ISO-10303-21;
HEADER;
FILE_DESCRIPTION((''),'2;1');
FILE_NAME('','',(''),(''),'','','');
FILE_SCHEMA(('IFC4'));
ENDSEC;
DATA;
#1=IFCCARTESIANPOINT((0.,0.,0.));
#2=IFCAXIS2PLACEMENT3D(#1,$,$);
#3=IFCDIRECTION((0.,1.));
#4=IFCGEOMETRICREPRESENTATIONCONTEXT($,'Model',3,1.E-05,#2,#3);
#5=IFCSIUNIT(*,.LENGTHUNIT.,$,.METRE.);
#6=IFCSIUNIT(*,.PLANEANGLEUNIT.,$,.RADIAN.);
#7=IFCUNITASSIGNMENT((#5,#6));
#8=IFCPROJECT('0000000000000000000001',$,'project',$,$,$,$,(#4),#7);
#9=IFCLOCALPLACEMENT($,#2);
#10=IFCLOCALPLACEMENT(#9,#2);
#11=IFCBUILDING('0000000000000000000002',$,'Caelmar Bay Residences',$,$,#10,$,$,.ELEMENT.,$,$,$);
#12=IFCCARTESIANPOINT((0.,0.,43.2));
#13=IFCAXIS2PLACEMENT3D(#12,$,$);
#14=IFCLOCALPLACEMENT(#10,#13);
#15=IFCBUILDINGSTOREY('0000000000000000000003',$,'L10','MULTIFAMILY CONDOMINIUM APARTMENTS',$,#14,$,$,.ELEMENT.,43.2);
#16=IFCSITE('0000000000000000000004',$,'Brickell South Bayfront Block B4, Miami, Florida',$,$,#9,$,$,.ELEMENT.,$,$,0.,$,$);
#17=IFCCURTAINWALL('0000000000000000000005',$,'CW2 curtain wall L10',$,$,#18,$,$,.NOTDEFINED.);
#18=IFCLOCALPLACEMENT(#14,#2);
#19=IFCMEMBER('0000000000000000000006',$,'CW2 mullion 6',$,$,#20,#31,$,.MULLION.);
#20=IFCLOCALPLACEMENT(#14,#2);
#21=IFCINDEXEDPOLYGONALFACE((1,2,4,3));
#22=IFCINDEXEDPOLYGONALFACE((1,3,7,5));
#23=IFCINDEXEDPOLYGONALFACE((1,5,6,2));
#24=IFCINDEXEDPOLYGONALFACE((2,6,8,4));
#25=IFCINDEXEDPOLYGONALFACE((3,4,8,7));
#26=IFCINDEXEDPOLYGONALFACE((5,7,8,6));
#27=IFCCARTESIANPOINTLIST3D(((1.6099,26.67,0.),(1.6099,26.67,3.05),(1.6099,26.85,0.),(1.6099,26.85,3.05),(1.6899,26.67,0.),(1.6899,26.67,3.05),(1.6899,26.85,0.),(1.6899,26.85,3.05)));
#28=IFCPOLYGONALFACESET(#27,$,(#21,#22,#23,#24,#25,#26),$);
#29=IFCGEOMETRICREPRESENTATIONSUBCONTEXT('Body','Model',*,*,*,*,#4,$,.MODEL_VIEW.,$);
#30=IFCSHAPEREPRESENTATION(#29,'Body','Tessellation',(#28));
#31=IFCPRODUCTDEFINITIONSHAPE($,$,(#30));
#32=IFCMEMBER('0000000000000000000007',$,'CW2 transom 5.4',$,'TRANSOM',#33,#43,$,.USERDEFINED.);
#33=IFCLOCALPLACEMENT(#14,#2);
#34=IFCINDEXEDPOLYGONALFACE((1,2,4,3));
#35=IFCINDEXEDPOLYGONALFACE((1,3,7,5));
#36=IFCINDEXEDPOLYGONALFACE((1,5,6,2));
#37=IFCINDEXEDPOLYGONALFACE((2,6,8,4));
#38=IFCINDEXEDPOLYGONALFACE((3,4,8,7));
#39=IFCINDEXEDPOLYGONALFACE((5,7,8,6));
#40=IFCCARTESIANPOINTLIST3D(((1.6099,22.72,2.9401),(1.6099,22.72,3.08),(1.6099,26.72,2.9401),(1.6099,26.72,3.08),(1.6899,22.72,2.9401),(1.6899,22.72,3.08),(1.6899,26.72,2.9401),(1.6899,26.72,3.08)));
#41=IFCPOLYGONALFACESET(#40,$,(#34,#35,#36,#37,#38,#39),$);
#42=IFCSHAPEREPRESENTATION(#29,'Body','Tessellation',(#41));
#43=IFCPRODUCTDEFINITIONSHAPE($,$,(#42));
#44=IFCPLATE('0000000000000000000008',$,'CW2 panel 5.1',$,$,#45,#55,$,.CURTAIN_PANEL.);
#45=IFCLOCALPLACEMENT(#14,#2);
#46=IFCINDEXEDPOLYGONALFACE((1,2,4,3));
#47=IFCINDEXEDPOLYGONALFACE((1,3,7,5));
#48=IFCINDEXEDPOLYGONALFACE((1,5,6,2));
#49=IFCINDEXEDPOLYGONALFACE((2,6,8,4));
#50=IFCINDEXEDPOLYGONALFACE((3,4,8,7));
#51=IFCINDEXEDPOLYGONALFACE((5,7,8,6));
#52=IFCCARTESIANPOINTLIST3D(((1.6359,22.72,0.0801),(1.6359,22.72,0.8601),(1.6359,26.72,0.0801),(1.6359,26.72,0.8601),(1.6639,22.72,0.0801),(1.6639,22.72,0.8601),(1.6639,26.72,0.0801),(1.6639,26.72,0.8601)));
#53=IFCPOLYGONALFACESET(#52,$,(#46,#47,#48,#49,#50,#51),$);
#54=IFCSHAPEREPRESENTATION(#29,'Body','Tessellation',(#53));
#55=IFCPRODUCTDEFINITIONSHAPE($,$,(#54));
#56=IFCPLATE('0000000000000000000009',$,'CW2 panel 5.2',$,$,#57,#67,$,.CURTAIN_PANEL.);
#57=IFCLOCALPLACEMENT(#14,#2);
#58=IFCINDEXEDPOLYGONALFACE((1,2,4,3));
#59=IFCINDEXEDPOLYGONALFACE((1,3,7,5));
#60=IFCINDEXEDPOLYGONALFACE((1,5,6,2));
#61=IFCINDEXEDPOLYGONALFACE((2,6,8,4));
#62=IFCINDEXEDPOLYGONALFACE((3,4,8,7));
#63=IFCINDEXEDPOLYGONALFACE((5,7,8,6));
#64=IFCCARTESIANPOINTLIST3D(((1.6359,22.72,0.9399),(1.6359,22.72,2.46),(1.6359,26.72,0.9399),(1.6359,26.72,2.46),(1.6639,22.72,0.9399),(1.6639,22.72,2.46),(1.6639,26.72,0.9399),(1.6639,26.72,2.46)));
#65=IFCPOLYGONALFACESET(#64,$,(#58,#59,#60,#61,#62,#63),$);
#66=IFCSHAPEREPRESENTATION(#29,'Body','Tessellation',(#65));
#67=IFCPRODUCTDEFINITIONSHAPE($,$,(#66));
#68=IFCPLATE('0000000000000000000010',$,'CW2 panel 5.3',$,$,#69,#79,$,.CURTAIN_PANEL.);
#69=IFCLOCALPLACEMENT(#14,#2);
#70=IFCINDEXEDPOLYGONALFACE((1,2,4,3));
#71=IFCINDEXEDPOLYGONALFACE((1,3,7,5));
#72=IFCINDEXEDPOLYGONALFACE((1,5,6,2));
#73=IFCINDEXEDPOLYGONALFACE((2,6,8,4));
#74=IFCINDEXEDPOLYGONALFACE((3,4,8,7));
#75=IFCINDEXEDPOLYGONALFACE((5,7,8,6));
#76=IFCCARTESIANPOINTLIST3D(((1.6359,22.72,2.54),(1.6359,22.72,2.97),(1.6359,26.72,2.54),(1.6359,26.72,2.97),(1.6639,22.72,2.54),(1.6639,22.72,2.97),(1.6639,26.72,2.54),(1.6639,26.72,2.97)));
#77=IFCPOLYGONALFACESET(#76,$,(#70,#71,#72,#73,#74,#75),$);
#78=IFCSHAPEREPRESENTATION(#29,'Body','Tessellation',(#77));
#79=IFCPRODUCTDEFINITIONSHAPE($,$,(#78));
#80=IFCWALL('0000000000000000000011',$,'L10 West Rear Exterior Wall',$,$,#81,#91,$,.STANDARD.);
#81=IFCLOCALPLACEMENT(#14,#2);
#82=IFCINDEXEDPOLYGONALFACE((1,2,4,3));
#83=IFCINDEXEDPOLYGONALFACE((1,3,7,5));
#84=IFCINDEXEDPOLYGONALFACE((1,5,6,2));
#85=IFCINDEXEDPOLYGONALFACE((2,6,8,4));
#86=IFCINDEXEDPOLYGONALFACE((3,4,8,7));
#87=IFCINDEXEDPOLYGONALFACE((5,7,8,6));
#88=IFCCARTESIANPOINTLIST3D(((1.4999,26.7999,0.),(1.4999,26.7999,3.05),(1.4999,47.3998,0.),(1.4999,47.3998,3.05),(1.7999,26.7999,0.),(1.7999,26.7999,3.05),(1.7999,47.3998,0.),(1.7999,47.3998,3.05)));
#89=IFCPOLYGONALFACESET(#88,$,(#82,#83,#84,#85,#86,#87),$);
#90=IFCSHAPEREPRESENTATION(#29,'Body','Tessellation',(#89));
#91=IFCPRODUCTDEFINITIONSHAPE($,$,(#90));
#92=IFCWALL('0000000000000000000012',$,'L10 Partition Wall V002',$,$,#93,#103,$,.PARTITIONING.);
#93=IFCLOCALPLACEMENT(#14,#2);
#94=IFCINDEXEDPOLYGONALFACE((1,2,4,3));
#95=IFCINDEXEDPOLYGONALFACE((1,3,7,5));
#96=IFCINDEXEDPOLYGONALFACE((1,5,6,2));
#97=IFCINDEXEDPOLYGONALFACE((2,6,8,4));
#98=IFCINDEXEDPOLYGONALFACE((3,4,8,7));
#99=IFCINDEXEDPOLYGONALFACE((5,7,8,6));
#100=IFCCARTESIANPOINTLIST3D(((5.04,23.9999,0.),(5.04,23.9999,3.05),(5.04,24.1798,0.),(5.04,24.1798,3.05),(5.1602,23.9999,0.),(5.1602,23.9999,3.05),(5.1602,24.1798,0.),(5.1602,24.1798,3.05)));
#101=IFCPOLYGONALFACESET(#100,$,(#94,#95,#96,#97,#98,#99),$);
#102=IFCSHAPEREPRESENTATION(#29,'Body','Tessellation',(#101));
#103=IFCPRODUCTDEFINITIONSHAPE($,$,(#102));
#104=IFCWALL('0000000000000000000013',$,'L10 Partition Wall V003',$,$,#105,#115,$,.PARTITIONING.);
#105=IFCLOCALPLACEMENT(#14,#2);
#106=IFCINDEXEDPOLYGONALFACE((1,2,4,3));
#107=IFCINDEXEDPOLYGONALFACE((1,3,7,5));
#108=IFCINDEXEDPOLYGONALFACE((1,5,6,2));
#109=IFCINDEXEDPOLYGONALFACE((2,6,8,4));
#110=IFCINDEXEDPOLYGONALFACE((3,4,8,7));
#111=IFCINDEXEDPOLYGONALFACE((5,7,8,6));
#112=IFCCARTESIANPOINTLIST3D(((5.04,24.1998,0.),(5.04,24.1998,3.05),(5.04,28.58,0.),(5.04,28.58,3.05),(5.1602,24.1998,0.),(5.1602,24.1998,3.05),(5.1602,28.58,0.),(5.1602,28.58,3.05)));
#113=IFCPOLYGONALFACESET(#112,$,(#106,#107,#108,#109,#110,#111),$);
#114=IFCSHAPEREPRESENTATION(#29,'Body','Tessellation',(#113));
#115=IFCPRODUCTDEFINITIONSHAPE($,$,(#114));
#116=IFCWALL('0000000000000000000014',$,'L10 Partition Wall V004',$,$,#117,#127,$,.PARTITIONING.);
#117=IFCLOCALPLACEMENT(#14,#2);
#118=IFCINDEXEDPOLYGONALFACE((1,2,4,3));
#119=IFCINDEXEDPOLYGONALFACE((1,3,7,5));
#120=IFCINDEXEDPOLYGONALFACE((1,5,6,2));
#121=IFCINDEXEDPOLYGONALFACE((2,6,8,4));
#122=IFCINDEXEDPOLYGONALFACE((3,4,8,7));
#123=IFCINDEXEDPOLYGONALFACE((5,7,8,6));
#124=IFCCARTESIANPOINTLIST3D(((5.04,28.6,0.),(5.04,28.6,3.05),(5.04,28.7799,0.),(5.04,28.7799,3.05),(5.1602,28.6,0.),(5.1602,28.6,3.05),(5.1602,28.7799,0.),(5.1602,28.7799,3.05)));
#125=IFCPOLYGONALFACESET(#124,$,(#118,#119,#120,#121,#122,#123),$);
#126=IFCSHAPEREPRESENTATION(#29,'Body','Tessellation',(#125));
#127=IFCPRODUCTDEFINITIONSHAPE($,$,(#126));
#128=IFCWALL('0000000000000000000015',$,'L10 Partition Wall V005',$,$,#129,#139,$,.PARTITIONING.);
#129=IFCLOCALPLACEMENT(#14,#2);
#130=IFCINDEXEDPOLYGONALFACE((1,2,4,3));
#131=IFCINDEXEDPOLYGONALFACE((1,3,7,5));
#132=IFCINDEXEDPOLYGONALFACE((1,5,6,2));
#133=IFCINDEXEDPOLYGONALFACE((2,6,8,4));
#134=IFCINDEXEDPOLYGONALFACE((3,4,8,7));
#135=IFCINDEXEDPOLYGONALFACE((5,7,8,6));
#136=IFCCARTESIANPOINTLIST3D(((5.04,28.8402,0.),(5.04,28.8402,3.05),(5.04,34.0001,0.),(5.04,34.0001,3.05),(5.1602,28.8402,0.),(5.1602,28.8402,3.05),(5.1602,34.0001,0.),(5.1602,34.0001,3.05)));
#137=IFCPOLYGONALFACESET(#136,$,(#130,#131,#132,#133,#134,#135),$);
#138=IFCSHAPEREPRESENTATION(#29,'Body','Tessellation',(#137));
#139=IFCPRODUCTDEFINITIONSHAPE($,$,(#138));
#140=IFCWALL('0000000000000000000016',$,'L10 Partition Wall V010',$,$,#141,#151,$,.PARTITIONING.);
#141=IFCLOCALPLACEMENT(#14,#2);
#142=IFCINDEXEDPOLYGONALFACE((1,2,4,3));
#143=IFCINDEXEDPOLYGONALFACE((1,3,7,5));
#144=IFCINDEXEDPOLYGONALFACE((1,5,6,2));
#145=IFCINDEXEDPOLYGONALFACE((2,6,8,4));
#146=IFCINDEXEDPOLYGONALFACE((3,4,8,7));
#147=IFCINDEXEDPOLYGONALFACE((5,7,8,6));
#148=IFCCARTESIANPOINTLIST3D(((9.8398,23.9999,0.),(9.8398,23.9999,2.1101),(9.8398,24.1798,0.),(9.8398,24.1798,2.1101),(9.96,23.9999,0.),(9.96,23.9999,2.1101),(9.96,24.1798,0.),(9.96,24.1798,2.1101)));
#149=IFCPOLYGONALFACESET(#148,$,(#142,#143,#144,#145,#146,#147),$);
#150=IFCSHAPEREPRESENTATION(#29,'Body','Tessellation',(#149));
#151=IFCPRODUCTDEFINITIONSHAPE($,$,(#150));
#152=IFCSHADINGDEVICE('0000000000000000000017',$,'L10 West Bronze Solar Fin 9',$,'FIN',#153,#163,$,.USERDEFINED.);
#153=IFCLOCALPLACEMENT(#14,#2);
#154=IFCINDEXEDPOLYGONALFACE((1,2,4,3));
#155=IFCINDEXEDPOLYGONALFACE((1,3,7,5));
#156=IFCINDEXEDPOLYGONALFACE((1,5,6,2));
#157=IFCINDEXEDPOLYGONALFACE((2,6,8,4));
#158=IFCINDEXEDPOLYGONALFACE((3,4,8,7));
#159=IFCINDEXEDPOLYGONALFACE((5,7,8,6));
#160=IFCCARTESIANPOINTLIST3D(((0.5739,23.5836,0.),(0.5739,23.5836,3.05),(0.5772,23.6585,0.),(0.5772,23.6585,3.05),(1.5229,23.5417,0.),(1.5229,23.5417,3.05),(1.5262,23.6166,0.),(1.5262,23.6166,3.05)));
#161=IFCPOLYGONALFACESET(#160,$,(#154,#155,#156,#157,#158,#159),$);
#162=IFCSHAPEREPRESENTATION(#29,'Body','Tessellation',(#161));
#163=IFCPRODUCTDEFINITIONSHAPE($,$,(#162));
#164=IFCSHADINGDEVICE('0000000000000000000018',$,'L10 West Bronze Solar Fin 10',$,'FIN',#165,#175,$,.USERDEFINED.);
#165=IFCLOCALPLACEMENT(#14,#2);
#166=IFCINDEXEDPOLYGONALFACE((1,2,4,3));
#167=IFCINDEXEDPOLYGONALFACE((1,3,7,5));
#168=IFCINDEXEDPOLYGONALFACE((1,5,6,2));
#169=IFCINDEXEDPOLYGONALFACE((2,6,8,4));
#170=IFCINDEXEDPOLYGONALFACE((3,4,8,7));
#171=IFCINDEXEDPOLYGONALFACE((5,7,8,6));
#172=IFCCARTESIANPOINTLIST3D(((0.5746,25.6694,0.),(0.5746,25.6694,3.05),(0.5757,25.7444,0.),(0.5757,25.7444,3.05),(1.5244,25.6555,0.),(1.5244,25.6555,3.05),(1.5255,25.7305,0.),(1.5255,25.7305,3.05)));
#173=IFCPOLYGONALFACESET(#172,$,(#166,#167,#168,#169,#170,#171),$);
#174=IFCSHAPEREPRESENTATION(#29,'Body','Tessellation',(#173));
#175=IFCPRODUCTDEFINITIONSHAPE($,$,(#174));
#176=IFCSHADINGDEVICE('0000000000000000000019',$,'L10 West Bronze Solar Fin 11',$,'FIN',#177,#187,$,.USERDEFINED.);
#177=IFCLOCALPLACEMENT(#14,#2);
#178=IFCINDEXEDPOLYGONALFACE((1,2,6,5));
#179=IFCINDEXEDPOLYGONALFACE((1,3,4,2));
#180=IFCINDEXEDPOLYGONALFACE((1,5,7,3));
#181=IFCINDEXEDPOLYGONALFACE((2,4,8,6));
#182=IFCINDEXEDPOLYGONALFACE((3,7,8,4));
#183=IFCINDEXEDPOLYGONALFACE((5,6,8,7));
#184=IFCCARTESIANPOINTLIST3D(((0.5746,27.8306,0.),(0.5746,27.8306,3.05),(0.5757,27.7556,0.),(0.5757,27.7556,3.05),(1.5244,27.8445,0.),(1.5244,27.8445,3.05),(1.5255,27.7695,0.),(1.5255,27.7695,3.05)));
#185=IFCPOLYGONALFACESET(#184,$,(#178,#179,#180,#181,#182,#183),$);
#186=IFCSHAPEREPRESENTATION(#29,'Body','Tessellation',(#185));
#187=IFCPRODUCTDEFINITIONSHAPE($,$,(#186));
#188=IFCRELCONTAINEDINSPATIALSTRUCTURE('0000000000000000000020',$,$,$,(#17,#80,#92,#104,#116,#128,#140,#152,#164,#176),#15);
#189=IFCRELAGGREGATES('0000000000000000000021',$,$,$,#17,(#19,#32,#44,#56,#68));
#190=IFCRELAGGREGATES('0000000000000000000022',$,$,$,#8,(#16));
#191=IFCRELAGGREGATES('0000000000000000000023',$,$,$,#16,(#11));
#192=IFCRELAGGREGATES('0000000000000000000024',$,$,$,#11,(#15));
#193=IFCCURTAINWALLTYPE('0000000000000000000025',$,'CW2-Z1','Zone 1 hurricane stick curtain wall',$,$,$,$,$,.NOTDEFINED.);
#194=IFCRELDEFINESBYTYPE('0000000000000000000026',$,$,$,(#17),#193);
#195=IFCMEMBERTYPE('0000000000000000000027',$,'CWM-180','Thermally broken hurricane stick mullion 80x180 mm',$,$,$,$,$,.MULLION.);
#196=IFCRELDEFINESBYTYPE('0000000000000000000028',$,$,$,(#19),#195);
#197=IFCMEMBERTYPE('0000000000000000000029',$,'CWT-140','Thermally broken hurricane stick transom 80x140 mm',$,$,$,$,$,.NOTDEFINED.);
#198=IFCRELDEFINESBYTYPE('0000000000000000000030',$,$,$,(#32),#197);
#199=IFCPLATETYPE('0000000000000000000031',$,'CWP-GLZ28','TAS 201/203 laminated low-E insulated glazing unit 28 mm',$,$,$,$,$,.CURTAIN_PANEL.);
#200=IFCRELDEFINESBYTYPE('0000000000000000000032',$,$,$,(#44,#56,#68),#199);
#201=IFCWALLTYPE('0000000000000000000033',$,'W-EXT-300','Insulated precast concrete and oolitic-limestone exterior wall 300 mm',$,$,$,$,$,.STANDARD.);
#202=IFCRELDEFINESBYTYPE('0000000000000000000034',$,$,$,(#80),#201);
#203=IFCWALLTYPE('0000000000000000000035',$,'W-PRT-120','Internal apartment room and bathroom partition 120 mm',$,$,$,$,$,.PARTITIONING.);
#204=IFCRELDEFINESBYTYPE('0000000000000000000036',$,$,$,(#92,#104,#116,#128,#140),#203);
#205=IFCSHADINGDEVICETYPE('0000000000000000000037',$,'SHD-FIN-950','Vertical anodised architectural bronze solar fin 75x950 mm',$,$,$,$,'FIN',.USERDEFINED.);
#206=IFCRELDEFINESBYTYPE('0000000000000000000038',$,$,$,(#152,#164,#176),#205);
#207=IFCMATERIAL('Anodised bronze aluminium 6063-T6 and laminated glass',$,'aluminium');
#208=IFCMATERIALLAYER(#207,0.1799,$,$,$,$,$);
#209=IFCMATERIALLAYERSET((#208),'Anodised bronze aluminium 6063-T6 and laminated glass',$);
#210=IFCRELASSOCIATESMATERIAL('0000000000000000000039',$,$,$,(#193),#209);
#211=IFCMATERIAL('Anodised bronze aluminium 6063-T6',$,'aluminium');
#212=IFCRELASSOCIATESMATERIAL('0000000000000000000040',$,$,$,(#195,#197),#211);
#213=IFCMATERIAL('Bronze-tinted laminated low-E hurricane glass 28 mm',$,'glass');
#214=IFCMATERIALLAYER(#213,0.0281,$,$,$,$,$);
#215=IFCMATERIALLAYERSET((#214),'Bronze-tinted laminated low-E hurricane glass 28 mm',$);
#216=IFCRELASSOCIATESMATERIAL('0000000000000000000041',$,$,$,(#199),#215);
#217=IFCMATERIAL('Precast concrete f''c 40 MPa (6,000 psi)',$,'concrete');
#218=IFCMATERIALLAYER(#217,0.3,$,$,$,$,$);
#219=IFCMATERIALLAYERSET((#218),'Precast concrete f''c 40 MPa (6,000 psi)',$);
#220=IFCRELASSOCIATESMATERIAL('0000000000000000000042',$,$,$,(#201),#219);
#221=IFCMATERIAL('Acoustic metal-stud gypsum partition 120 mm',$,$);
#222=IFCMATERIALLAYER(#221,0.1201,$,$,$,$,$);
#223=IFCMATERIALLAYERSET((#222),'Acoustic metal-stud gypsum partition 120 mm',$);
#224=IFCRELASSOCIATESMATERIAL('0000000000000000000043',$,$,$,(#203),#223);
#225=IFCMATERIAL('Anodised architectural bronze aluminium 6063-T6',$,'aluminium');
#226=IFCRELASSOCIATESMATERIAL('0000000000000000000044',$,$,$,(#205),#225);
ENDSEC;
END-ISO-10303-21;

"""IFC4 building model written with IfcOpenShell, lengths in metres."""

from ifc_helpers import new_model, si_unit, direction, frame, frame_2d, origin, origin_2d, place, context, subcontext, project, spatial, rectangle, extrude, material, layer, layer_set, material_profile, profile_set, type_object, element, aggregate, save


model = new_model("IFC4")

# Units and contexts
model_context = context("Model", 3, precision=1e-05, world=origin(), true_north=direction((0.0, 1.0)))
body_context = subcontext(model_context, "Body", "Model", "MODEL_VIEW")
ifc_project = project(units=[si_unit("LENGTHUNIT", "METRE"), si_unit("PLANEANGLEUNIT", "RADIAN")], contexts=[model_context])

# Site, building, storey
site_placement = place(None, origin())
site = spatial("IfcSite", under=ifc_project, at=site_placement, Name="Brickell South Bayfront Block B4, Miami, Florida", CompositionType="ELEMENT", RefElevation=0.0)
building_placement = place(site_placement, origin())
building = spatial("IfcBuilding", under=site, at=building_placement, Name="Caelmar Bay Residences", CompositionType="ELEMENT")
storey_placement = place(building_placement, frame((0.0, 0.0, 43.2)))
storey = spatial("IfcBuildingStorey", under=building, at=storey_placement, Name="L10", Description="MULTIFAMILY CONDOMINIUM APARTMENTS", CompositionType="ELEMENT", Elevation=43.2)

# Curtain wall, members, plates
ifc_material_1 = material(Name="Anodised bronze aluminium 6063-T6 and laminated glass", Category="aluminium")
ifc_layer_1 = layer(ifc_material_1, 0.1799)
ifc_layer_set_1 = layer_set([ifc_layer_1], Name="Anodised bronze aluminium 6063-T6 and laminated glass")
curtain_wall_type = type_object("IfcCurtainWallType", Name="CW2-Z1", Description="Zone 1 hurricane stick curtain wall", PredefinedType="NOTDEFINED", material=ifc_layer_set_1)
curtain_wall_placement = place(storey_placement, origin())
curtain_wall = element("IfcCurtainWall", 1, at=curtain_wall_placement, inside=storey, type_object=curtain_wall_type, Name="CW2 curtain wall L10", PredefinedType="NOTDEFINED")
ifc_material_2 = material(Name="Anodised bronze aluminium 6063-T6", Category="aluminium")
ifc_material_profile_1 = material_profile(ifc_material_2, rectangle(XDim=0.0801, YDim=0.1799, at=origin_2d()), Name="CWM-80X180")
ifc_profile_set_1 = profile_set([ifc_material_profile_1], Name="Anodised bronze aluminium 6063-T6")
member_type_1 = type_object("IfcMemberType", Name="CWM-180", Description="Thermally broken hurricane stick mullion 80x180 mm", PredefinedType="MULLION", material=ifc_profile_set_1)
member_1_placement = place(storey_placement, frame((1.6499, 26.76, 0.0), z_axis=(0.0, 0.0, 1.0), x_axis=(-1.0, 0.0, 0.0)))
member_1 = element("IfcMember", 2, at=member_1_placement, type_object=member_type_1, Name="CW2 mullion 6", PredefinedType="MULLION", context=body_context, shape_type="SweptSolid", body=[
    extrude(rectangle(XDim=0.0801, YDim=0.1799, at=origin_2d()), origin(), (0.0, 0.0, 1.0), 3.05),
])
ifc_material_profile_2 = material_profile(ifc_material_2, rectangle(XDim=0.0801, YDim=0.1399, at=origin_2d()), Name="CWT-80X140")
ifc_profile_set_2 = profile_set([ifc_material_profile_2], Name="Anodised bronze aluminium 6063-T6")
member_type_2 = type_object("IfcMemberType", Name="CWT-140", Description="Thermally broken hurricane stick transom 80x140 mm", PredefinedType="NOTDEFINED", material=ifc_profile_set_2)
member_2_placement = place(storey_placement, frame((1.6499, 22.72, 3.01), z_axis=(0.0, 1.0, 0.0), x_axis=(-1.0, 0.0, 0.0)))
member_2 = element("IfcMember", 3, at=member_2_placement, type_object=member_type_2, Name="CW2 transom 5.4", ObjectType="TRANSOM", PredefinedType="USERDEFINED", context=body_context, shape_type="SweptSolid", body=[
    extrude(rectangle(XDim=0.0801, YDim=0.1399, at=origin_2d()), origin(), (0.0, 0.0, 1.0), 4.0),
])
ifc_material_3 = material(Name="Bronze-tinted laminated low-E hurricane glass 28 mm", Category="glass")
ifc_layer_2 = layer(ifc_material_3, 0.0281)
ifc_layer_set_2 = layer_set([ifc_layer_2], Name="Bronze-tinted laminated low-E hurricane glass 28 mm")
plate_type = type_object("IfcPlateType", Name="CWP-GLZ28", Description="TAS 201/203 laminated low-E insulated glazing unit 28 mm", PredefinedType="CURTAIN_PANEL", material=ifc_layer_set_2)
plate_1_placement = place(storey_placement, frame((1.6499, 24.72, 0.0801), z_axis=(0.0, 0.0, 1.0), x_axis=(0.0, 1.0, 0.0)))
plate_1 = element("IfcPlate", 4, at=plate_1_placement, type_object=plate_type, Name="CW2 panel 5.1", PredefinedType="CURTAIN_PANEL", context=body_context, shape_type="SweptSolid", body=[
    extrude(rectangle(XDim=4.0, YDim=0.0281, at=origin_2d()), origin(), (0.0, 0.0, 1.0), 0.78),
])
plate_2_placement = place(storey_placement, frame((1.6499, 24.72, 0.9399), z_axis=(0.0, 0.0, 1.0), x_axis=(0.0, 1.0, 0.0)))
plate_2 = element("IfcPlate", 5, at=plate_2_placement, type_object=plate_type, Name="CW2 panel 5.2", PredefinedType="CURTAIN_PANEL", context=body_context, shape_type="SweptSolid", body=[
    extrude(rectangle(XDim=4.0, YDim=0.0281, at=origin_2d()), origin(), (0.0, 0.0, 1.0), 1.52),
])
plate_3_placement = place(storey_placement, frame((1.6499, 24.72, 2.54), z_axis=(0.0, 0.0, 1.0), x_axis=(0.0, 1.0, 0.0)))
plate_3 = element("IfcPlate", 6, at=plate_3_placement, type_object=plate_type, Name="CW2 panel 5.3", PredefinedType="CURTAIN_PANEL", context=body_context, shape_type="SweptSolid", body=[
    extrude(rectangle(XDim=4.0, YDim=0.0281, at=origin_2d()), origin(), (0.0, 0.0, 1.0), 0.4299),
])
aggregate(curtain_wall, [member_1, member_2, plate_1, plate_2, plate_3])

# Walls
ifc_material_4 = material(Name="Precast concrete f'c 40 MPa (6,000 psi)", Category="concrete")
ifc_layer_3 = layer(ifc_material_4, 0.3)
ifc_layer_set_3 = layer_set([ifc_layer_3], Name="Precast concrete f'c 40 MPa (6,000 psi)")
wall_type_1 = type_object("IfcWallType", Name="W-EXT-300", Description="Insulated precast concrete and oolitic-limestone exterior wall 300 mm", PredefinedType="STANDARD", material=ifc_layer_set_3)
wall_1_placement = place(storey_placement, frame((1.6499, 26.8, 0.0), z_axis=(0.0, 0.0, 1.0), x_axis=(0.0, 1.0, 0.0)))
element("IfcWall", 7, at=wall_1_placement, inside=storey, type_object=wall_type_1, Name="L10 West Rear Exterior Wall", PredefinedType="STANDARD", context=body_context, shape_type="SweptSolid", body=[
    extrude(rectangle(XDim=20.5999, YDim=0.3, at=frame_2d((10.2998, 0.0))), origin(), (0.0, 0.0, 1.0), 3.05),
])
ifc_material_5 = material(Name="Acoustic metal-stud gypsum partition 120 mm")
ifc_layer_4 = layer(ifc_material_5, 0.1201)
ifc_layer_set_4 = layer_set([ifc_layer_4], Name="Acoustic metal-stud gypsum partition 120 mm")
wall_type_2 = type_object("IfcWallType", Name="W-PRT-120", Description="Internal apartment room and bathroom partition 120 mm", PredefinedType="PARTITIONING", material=ifc_layer_set_4)
wall_2_placement = place(storey_placement, frame((5.1001, 24.0, 0.0), z_axis=(0.0, 0.0, 1.0), x_axis=(0.0, 1.0, 0.0)))
element("IfcWall", 8, at=wall_2_placement, inside=storey, type_object=wall_type_2, Name="L10 Partition Wall V002", PredefinedType="PARTITIONING", context=body_context, shape_type="SweptSolid", body=[
    extrude(rectangle(XDim=0.1799, YDim=0.1201, at=frame_2d((0.0898, 0.0))), origin(), (0.0, 0.0, 1.0), 3.05),
])
wall_3_placement = place(storey_placement, frame((5.1001, 24.2, 0.0), z_axis=(0.0, 0.0, 1.0), x_axis=(0.0, 1.0, 0.0)))
element("IfcWall", 9, at=wall_3_placement, inside=storey, type_object=wall_type_2, Name="L10 Partition Wall V003", PredefinedType="PARTITIONING", context=body_context, shape_type="SweptSolid", body=[
    extrude(rectangle(XDim=4.3801, YDim=0.1201, at=frame_2d((2.1899, 0.0))), origin(), (0.0, 0.0, 1.0), 3.05),
])
wall_4_placement = place(storey_placement, frame((5.1001, 28.6001, 0.0), z_axis=(0.0, 0.0, 1.0), x_axis=(0.0, 1.0, 0.0)))
element("IfcWall", 10, at=wall_4_placement, inside=storey, type_object=wall_type_2, Name="L10 Partition Wall V004", PredefinedType="PARTITIONING", context=body_context, shape_type="SweptSolid", body=[
    extrude(rectangle(XDim=0.1799, YDim=0.1201, at=frame_2d((0.0898, 0.0))), origin(), (0.0, 0.0, 1.0), 3.05),
])
wall_5_placement = place(storey_placement, frame((5.1001, 28.8401, 0.0), z_axis=(0.0, 0.0, 1.0), x_axis=(0.0, 1.0, 0.0)))
element("IfcWall", 11, at=wall_5_placement, inside=storey, type_object=wall_type_2, Name="L10 Partition Wall V005", PredefinedType="PARTITIONING", context=body_context, shape_type="SweptSolid", body=[
    extrude(rectangle(XDim=5.1599, YDim=0.1201, at=frame_2d((2.5801, 0.0))), origin(), (0.0, 0.0, 1.0), 3.05),
])
wall_6_placement = place(storey_placement, frame((9.8999, 24.0, 0.0), z_axis=(0.0, 0.0, 1.0), x_axis=(0.0, 1.0, 0.0)))
element("IfcWall", 12, at=wall_6_placement, inside=storey, type_object=wall_type_2, Name="L10 Partition Wall V010", PredefinedType="PARTITIONING", context=body_context, shape_type="SweptSolid", body=[
    extrude(rectangle(XDim=0.1799, YDim=0.1201, at=frame_2d((0.0898, 0.0))), origin(), (0.0, 0.0, 1.0), 2.1101),
])

# Shading devices
ifc_material_6 = material(Name="Anodised architectural bronze aluminium 6063-T6", Category="aluminium")
ifc_material_profile_3 = material_profile(ifc_material_6, rectangle(XDim=0.075, YDim=0.95, at=origin_2d()), Name="BRONZE-FIN-75X950")
ifc_profile_set_3 = profile_set([ifc_material_profile_3], Name="Anodised architectural bronze aluminium 6063-T6")
shading_device_type = type_object("IfcShadingDeviceType", Name="SHD-FIN-950", Description="Vertical anodised architectural bronze solar fin 75x950 mm", ElementType="FIN", PredefinedType="USERDEFINED", material=ifc_profile_set_3)
for number, where, z_axis, x_axis, name in (
    (13, (1.05, 23.6001, 0.0), (0.0, 0.0, 1.0), (0.044142, 0.999025, 0.0), "L10 West Bronze Solar Fin 9"),
    (14, (1.05, 25.7, 0.0), (0.0, 0.0, 1.0), (0.01466, 0.999893, 0.0), "L10 West Bronze Solar Fin 10"),
    (15, (1.05, 27.8, 0.0), (0.0, 0.0, 1.0), (-0.01466, 0.999893, 0.0), "L10 West Bronze Solar Fin 11"),
):
    element("IfcShadingDevice", number, at=place(storey_placement, frame(where, z_axis=z_axis, x_axis=x_axis)), inside=storey, type_object=shading_device_type, Name=name, ObjectType="FIN", PredefinedType="USERDEFINED", context=body_context, shape_type="SweptSolid", body=[
        extrude(rectangle(XDim=0.075, YDim=0.95, at=origin_2d()), origin(), (0.0, 0.0, 1.0), 3.05),
    ])

save(model, "model.ifc")
